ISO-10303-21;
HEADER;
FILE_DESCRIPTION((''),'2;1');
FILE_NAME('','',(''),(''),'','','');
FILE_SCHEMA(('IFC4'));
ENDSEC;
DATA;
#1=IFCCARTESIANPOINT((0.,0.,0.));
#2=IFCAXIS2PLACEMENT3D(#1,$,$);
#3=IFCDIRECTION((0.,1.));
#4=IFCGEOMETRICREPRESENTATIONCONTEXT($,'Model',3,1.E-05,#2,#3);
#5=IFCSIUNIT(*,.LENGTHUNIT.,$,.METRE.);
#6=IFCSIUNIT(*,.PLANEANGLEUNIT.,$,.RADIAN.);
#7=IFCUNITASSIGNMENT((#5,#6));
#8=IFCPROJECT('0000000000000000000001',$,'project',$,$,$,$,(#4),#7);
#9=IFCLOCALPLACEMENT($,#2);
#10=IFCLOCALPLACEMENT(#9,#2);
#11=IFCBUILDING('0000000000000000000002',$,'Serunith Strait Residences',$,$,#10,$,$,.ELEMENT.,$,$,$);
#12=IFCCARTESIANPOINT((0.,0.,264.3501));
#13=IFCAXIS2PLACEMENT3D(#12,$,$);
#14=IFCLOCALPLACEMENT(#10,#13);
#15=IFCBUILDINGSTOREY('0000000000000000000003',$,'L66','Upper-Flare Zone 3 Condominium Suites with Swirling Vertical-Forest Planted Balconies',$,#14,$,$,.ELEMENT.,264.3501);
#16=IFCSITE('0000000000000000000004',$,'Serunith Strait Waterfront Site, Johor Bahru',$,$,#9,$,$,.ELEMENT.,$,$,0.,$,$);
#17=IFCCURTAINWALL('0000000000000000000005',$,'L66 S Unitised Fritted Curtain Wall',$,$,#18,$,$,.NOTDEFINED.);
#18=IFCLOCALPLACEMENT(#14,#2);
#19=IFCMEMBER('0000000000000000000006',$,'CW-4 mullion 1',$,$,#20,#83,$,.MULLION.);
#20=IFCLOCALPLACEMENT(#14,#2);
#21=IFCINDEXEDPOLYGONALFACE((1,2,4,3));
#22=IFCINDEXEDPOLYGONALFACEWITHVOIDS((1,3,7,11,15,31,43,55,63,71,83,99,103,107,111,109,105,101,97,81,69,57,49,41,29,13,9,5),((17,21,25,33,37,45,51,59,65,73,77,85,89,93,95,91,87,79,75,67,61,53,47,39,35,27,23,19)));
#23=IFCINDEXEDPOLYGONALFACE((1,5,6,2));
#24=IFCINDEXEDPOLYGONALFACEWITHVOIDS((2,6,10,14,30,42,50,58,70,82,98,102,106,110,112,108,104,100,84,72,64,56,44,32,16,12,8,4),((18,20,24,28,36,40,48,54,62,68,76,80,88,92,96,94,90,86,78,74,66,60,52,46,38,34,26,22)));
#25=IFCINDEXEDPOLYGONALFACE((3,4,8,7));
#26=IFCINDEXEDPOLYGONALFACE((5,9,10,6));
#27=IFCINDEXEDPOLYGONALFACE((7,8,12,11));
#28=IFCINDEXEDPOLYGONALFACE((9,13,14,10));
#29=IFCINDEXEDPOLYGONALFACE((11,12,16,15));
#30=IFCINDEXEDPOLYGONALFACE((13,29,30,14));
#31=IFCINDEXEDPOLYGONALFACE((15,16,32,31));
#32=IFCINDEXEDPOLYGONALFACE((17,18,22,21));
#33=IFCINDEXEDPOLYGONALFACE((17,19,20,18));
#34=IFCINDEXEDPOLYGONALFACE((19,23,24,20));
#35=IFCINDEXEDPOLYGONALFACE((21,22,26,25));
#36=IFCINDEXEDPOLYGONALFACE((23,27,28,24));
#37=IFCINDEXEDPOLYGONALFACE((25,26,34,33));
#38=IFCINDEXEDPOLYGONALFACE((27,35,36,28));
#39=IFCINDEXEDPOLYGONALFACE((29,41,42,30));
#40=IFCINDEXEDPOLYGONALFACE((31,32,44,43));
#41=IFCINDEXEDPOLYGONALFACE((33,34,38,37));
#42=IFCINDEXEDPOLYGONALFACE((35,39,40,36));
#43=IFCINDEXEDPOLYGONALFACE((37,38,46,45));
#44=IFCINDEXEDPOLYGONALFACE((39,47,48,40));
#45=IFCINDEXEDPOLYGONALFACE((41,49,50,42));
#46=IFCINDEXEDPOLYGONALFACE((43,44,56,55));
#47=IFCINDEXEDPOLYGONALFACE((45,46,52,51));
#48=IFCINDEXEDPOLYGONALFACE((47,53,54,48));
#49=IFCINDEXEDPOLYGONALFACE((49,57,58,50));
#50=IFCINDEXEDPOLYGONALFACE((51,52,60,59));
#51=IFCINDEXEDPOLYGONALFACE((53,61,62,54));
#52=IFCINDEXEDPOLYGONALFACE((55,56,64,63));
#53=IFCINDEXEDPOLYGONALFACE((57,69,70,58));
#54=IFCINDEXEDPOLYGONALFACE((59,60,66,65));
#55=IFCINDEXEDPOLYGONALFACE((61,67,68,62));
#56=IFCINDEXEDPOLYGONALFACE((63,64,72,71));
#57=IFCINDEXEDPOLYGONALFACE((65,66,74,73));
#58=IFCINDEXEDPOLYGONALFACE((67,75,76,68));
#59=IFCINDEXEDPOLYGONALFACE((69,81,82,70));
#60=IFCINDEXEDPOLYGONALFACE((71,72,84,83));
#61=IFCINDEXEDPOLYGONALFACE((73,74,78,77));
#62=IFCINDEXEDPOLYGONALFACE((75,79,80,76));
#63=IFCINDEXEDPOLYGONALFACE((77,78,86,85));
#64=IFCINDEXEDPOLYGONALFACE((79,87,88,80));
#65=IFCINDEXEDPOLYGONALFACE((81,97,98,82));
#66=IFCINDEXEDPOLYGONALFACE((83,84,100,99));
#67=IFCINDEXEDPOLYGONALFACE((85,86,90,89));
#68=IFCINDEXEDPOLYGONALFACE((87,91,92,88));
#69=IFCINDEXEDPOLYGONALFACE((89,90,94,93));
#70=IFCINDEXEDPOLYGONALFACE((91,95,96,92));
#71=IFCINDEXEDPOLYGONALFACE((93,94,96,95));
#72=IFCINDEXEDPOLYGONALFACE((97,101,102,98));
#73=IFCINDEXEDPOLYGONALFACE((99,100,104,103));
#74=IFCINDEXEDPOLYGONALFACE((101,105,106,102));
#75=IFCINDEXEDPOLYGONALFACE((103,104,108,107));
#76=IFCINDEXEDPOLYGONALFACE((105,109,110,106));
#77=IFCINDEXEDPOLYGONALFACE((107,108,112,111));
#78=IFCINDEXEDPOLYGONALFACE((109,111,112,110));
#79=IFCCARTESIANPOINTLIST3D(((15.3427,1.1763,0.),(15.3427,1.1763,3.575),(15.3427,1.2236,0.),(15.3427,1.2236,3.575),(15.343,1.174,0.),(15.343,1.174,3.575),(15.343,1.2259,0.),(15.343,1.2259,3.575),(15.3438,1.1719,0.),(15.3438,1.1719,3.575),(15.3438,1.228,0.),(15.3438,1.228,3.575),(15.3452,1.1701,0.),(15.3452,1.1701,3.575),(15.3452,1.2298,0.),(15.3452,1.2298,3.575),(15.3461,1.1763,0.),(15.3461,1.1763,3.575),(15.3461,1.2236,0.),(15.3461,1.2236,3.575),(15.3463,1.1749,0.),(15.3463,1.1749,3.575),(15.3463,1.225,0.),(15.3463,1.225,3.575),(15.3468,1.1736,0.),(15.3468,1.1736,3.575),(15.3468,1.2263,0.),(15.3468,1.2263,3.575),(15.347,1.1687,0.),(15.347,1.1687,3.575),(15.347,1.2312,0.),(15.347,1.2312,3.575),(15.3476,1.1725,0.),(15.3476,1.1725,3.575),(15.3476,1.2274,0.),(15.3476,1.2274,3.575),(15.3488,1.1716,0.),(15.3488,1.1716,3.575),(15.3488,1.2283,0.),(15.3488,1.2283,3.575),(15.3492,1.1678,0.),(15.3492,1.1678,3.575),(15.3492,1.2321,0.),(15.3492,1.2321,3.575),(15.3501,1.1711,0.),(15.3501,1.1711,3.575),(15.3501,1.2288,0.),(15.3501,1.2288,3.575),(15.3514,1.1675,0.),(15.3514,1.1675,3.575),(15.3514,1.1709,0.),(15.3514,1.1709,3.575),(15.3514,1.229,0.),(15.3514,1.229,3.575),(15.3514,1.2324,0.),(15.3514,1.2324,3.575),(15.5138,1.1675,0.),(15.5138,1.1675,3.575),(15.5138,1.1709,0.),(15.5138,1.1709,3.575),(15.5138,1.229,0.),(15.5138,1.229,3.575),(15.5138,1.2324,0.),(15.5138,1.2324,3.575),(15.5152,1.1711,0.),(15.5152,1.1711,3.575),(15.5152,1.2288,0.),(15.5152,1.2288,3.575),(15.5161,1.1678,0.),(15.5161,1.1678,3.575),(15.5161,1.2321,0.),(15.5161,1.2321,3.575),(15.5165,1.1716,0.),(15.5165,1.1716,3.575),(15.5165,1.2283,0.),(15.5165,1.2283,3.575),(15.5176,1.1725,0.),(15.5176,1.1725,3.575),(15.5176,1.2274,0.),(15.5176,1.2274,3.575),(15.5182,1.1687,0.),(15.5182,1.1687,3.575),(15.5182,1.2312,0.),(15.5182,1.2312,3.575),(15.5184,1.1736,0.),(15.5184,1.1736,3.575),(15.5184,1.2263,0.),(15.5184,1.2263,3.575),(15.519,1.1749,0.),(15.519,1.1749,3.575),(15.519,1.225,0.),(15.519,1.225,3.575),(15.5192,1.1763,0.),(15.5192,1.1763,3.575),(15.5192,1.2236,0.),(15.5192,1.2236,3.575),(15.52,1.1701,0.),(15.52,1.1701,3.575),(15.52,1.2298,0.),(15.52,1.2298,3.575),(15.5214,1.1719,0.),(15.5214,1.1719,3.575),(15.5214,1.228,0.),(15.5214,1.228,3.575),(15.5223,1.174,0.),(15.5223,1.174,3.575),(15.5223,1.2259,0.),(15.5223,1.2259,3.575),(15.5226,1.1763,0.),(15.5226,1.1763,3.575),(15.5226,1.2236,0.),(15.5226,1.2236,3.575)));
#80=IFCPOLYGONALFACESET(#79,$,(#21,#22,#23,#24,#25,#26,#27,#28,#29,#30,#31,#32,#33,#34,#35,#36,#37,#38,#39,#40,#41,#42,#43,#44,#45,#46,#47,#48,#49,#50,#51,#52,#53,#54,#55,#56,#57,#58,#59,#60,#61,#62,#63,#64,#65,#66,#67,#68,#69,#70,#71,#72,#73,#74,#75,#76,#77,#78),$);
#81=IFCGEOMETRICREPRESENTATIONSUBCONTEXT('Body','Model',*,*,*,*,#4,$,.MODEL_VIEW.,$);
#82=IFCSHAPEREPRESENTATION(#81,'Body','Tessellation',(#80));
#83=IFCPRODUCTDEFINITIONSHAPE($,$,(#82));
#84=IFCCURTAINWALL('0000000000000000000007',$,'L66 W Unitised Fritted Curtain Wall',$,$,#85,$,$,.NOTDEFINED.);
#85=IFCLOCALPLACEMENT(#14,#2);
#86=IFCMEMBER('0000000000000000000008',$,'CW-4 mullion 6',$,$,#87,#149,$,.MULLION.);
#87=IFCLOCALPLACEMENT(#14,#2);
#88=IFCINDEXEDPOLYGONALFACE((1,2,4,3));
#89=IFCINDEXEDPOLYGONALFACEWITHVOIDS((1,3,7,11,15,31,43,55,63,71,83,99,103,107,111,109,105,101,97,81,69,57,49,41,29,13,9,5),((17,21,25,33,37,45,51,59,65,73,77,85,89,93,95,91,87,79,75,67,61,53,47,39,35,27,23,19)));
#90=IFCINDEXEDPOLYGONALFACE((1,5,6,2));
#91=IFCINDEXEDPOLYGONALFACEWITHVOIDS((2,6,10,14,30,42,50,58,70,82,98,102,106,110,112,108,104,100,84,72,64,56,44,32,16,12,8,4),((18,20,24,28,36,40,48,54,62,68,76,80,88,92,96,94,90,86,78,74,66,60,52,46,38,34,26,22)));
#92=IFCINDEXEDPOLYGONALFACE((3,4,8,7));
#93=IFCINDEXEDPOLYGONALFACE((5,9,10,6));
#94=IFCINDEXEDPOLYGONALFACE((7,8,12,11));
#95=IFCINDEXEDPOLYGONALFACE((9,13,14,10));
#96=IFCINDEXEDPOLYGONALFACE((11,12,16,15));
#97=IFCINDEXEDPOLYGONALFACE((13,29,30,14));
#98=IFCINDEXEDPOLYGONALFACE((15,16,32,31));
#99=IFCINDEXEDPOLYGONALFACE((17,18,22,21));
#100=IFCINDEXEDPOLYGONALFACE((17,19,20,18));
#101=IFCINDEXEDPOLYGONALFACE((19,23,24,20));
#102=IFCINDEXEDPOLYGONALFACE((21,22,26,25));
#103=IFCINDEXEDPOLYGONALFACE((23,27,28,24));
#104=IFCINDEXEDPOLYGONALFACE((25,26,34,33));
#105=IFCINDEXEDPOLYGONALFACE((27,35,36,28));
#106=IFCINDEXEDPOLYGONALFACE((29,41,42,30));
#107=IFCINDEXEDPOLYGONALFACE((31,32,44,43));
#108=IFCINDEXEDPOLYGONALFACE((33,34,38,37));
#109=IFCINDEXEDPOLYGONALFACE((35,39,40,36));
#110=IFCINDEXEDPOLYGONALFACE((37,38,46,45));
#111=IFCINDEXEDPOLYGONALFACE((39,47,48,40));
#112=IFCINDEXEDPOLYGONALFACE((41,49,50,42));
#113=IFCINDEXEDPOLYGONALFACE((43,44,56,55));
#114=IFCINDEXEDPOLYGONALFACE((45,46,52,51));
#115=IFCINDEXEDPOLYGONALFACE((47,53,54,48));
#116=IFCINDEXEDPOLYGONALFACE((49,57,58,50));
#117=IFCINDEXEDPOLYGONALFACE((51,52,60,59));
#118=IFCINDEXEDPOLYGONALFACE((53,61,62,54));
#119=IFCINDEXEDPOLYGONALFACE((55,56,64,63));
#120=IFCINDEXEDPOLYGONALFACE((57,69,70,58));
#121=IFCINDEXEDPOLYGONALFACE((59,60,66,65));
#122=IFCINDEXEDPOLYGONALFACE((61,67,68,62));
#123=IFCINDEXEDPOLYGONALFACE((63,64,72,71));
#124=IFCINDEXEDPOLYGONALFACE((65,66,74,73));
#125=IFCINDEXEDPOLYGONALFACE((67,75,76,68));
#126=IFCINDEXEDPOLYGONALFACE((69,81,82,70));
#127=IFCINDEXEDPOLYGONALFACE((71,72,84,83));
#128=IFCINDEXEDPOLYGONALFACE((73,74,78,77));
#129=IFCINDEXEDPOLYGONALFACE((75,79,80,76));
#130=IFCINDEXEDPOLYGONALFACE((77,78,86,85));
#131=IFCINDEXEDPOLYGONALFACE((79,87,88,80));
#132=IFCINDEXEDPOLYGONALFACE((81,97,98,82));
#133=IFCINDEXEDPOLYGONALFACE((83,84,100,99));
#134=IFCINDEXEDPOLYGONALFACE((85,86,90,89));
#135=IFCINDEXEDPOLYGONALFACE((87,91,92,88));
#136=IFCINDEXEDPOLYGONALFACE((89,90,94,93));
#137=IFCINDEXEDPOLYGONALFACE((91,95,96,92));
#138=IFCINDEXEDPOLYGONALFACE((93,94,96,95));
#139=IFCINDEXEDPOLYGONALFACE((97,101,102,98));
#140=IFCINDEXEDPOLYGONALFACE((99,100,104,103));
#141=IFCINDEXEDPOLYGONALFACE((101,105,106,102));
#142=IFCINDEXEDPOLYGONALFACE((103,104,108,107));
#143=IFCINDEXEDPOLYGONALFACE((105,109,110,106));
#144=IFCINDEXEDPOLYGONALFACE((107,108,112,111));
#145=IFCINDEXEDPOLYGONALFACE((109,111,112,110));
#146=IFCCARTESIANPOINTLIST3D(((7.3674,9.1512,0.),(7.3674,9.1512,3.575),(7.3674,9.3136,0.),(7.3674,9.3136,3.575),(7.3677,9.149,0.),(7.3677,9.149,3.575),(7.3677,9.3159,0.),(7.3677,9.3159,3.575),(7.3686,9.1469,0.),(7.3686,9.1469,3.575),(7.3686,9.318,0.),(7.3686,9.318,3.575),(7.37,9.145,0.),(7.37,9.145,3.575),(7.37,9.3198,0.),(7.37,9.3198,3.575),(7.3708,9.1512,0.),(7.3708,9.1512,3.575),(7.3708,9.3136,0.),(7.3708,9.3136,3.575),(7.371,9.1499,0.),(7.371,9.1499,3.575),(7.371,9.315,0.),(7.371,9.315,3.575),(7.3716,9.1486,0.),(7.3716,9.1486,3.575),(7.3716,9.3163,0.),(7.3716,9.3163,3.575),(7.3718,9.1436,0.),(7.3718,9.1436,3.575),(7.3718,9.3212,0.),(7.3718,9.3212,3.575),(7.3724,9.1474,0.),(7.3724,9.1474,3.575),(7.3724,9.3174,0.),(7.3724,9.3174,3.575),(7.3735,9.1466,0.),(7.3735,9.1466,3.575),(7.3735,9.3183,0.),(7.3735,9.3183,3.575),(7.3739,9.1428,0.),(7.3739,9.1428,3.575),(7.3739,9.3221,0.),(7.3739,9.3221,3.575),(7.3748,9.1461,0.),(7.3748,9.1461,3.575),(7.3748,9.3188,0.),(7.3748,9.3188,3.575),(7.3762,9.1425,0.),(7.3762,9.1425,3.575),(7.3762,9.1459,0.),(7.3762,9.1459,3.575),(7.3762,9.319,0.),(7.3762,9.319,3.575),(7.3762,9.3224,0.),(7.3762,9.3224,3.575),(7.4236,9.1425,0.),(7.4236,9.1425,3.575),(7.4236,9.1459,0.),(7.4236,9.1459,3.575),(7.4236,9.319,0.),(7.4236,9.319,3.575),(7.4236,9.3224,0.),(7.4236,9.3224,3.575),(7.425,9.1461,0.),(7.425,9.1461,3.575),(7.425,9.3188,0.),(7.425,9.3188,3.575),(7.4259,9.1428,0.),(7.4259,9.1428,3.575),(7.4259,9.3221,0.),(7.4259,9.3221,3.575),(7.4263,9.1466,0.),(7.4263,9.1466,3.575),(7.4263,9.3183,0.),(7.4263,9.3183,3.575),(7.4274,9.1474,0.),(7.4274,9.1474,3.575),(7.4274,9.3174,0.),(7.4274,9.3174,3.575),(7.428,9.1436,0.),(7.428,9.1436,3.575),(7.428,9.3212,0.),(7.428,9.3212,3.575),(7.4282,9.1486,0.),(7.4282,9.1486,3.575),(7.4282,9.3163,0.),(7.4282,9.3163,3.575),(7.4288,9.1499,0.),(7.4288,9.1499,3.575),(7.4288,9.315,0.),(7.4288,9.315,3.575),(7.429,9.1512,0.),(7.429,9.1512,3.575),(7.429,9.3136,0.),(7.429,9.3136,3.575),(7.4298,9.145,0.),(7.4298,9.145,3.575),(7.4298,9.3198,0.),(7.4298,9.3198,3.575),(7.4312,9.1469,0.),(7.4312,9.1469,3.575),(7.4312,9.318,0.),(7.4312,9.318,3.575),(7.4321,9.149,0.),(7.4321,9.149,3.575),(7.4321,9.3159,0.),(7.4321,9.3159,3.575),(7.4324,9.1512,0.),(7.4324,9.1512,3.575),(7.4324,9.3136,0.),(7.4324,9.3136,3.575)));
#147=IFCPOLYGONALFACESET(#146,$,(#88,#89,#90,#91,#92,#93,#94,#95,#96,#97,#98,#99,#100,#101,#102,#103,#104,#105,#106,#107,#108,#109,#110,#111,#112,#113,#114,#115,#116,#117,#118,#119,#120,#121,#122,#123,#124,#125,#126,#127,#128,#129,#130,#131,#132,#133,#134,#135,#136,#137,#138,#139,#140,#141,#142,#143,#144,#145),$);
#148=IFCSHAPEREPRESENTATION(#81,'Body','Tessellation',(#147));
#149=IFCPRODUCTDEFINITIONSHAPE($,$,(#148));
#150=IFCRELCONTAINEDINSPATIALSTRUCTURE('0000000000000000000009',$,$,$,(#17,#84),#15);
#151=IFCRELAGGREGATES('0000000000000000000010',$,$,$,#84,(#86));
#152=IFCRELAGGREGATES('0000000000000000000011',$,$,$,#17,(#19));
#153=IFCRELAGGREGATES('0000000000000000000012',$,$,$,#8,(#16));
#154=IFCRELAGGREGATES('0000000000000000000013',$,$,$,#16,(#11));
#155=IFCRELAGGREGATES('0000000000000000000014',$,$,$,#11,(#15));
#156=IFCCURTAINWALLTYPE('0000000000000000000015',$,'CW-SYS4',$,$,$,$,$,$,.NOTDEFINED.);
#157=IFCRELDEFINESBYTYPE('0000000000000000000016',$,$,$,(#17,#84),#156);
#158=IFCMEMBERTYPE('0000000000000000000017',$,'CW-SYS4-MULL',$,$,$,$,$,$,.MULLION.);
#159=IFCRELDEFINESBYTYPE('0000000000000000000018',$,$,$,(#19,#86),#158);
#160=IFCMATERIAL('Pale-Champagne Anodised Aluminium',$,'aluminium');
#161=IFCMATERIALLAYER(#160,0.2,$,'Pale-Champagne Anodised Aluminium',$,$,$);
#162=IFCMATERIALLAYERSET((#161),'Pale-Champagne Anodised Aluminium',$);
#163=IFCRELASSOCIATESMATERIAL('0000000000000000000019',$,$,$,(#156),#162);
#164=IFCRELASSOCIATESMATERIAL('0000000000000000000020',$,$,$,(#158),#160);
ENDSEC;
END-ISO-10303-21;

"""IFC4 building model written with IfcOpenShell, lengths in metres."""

from ifc_helpers import new_model, si_unit, direction, frame, origin, origin_2d, place, context, subcontext, project, spatial, hollow_rectangle, extrude, source, transform, mapped, material, layer, layer_set, material_profile, profile_set, type_object, element, aggregate, save


model = new_model("IFC4")

# Units and contexts
model_context = context("Model", 3, precision=1e-05, world=origin(), true_north=direction((0.0, 1.0)))
body_context = subcontext(model_context, "Body", "Model", "MODEL_VIEW")
ifc_project = project(units=[si_unit("LENGTHUNIT", "METRE"), si_unit("PLANEANGLEUNIT", "RADIAN")], contexts=[model_context])

# Site, building, storey
site_placement = place(None, origin())
site = spatial("IfcSite", under=ifc_project, at=site_placement, Name="Serunith Strait Waterfront Site, Johor Bahru", CompositionType="ELEMENT", RefElevation=0.0)
building_placement = place(site_placement, origin())
building = spatial("IfcBuilding", under=site, at=building_placement, Name="Serunith Strait Residences", CompositionType="ELEMENT")
storey_placement = place(building_placement, frame((0.0, 0.0, 264.3501)))
storey = spatial("IfcBuildingStorey", under=building, at=storey_placement, Name="L66", Description="Upper-Flare Zone 3 Condominium Suites with Swirling Vertical-Forest Planted Balconies", CompositionType="ELEMENT", Elevation=264.3501)

# Curtain walls, members
ifc_material_1 = material(Name="Pale-Champagne Anodised Aluminium", Category="aluminium")
ifc_layer_1 = layer(ifc_material_1, 0.2, Name="Pale-Champagne Anodised Aluminium")
ifc_layer_set_1 = layer_set([ifc_layer_1], Name="Pale-Champagne Anodised Aluminium")
curtain_wall_type = type_object("IfcCurtainWallType", Name="CW-SYS4", PredefinedType="NOTDEFINED", material=ifc_layer_set_1)
curtain_wall_1_placement = place(storey_placement, origin())
curtain_wall_1 = element("IfcCurtainWall", 1, at=curtain_wall_1_placement, inside=storey, type_object=curtain_wall_type, Name="L66 S Unitised Fritted Curtain Wall", PredefinedType="NOTDEFINED")
ifc_material_profile_1 = material_profile(ifc_material_1, hollow_rectangle(XDim=0.0649, YDim=0.1799, WallThickness=0.0034, InnerFilletRadius=0.0054, OuterFilletRadius=0.0088, at=origin_2d()), Name="ALU 180x65x3.5")
ifc_profile_set_1 = profile_set([ifc_material_profile_1], Name="Pale-Champagne Anodised Aluminium")
member_type_1 = type_object("IfcMemberType", Name="CW-SYS4-MULL", PredefinedType="MULLION", material=ifc_profile_set_1)
shared_shape_1 = source(origin(), body_context, "Body", "SweptSolid", [
    extrude(hollow_rectangle(XDim=0.0649, YDim=0.1799, WallThickness=0.0034, InnerFilletRadius=0.0054, OuterFilletRadius=0.0088, at=origin_2d()), origin(), (0.0, 0.0, 1.0), 3.575),
])
member_1_placement = place(storey_placement, frame((15.4326, 1.2, 0.0), z_axis=(0.0, 0.0, 1.0), x_axis=(0.0, 1.0, 0.0)))
member_1 = element("IfcMember", 2, at=member_1_placement, type_object=member_type_1, Name="CW-4 mullion 1", PredefinedType="MULLION", context=body_context, shape_type="MappedRepresentation", body=[
    mapped(shared_shape_1, transform((0.0, 0.0, 0.0), scale=1.0)),
])
curtain_wall_2_placement = place(storey_placement, origin())
curtain_wall_2 = element("IfcCurtainWall", 3, at=curtain_wall_2_placement, inside=storey, type_object=curtain_wall_type, Name="L66 W Unitised Fritted Curtain Wall", PredefinedType="NOTDEFINED")
member_2_placement = place(storey_placement, frame((7.3999, 9.2324, 0.0), z_axis=(0.0, 0.0, 1.0), x_axis=(1.0, 0.0, 0.0)))
member_2 = element("IfcMember", 4, at=member_2_placement, type_object=member_type_1, Name="CW-4 mullion 6", PredefinedType="MULLION", context=body_context, shape_type="MappedRepresentation", body=[
    mapped(shared_shape_1, transform((0.0, 0.0, 0.0), scale=1.0)),
])
aggregate(curtain_wall_2, [member_2])

aggregate(curtain_wall_1, [member_1])

save(model, "model.ifc")
